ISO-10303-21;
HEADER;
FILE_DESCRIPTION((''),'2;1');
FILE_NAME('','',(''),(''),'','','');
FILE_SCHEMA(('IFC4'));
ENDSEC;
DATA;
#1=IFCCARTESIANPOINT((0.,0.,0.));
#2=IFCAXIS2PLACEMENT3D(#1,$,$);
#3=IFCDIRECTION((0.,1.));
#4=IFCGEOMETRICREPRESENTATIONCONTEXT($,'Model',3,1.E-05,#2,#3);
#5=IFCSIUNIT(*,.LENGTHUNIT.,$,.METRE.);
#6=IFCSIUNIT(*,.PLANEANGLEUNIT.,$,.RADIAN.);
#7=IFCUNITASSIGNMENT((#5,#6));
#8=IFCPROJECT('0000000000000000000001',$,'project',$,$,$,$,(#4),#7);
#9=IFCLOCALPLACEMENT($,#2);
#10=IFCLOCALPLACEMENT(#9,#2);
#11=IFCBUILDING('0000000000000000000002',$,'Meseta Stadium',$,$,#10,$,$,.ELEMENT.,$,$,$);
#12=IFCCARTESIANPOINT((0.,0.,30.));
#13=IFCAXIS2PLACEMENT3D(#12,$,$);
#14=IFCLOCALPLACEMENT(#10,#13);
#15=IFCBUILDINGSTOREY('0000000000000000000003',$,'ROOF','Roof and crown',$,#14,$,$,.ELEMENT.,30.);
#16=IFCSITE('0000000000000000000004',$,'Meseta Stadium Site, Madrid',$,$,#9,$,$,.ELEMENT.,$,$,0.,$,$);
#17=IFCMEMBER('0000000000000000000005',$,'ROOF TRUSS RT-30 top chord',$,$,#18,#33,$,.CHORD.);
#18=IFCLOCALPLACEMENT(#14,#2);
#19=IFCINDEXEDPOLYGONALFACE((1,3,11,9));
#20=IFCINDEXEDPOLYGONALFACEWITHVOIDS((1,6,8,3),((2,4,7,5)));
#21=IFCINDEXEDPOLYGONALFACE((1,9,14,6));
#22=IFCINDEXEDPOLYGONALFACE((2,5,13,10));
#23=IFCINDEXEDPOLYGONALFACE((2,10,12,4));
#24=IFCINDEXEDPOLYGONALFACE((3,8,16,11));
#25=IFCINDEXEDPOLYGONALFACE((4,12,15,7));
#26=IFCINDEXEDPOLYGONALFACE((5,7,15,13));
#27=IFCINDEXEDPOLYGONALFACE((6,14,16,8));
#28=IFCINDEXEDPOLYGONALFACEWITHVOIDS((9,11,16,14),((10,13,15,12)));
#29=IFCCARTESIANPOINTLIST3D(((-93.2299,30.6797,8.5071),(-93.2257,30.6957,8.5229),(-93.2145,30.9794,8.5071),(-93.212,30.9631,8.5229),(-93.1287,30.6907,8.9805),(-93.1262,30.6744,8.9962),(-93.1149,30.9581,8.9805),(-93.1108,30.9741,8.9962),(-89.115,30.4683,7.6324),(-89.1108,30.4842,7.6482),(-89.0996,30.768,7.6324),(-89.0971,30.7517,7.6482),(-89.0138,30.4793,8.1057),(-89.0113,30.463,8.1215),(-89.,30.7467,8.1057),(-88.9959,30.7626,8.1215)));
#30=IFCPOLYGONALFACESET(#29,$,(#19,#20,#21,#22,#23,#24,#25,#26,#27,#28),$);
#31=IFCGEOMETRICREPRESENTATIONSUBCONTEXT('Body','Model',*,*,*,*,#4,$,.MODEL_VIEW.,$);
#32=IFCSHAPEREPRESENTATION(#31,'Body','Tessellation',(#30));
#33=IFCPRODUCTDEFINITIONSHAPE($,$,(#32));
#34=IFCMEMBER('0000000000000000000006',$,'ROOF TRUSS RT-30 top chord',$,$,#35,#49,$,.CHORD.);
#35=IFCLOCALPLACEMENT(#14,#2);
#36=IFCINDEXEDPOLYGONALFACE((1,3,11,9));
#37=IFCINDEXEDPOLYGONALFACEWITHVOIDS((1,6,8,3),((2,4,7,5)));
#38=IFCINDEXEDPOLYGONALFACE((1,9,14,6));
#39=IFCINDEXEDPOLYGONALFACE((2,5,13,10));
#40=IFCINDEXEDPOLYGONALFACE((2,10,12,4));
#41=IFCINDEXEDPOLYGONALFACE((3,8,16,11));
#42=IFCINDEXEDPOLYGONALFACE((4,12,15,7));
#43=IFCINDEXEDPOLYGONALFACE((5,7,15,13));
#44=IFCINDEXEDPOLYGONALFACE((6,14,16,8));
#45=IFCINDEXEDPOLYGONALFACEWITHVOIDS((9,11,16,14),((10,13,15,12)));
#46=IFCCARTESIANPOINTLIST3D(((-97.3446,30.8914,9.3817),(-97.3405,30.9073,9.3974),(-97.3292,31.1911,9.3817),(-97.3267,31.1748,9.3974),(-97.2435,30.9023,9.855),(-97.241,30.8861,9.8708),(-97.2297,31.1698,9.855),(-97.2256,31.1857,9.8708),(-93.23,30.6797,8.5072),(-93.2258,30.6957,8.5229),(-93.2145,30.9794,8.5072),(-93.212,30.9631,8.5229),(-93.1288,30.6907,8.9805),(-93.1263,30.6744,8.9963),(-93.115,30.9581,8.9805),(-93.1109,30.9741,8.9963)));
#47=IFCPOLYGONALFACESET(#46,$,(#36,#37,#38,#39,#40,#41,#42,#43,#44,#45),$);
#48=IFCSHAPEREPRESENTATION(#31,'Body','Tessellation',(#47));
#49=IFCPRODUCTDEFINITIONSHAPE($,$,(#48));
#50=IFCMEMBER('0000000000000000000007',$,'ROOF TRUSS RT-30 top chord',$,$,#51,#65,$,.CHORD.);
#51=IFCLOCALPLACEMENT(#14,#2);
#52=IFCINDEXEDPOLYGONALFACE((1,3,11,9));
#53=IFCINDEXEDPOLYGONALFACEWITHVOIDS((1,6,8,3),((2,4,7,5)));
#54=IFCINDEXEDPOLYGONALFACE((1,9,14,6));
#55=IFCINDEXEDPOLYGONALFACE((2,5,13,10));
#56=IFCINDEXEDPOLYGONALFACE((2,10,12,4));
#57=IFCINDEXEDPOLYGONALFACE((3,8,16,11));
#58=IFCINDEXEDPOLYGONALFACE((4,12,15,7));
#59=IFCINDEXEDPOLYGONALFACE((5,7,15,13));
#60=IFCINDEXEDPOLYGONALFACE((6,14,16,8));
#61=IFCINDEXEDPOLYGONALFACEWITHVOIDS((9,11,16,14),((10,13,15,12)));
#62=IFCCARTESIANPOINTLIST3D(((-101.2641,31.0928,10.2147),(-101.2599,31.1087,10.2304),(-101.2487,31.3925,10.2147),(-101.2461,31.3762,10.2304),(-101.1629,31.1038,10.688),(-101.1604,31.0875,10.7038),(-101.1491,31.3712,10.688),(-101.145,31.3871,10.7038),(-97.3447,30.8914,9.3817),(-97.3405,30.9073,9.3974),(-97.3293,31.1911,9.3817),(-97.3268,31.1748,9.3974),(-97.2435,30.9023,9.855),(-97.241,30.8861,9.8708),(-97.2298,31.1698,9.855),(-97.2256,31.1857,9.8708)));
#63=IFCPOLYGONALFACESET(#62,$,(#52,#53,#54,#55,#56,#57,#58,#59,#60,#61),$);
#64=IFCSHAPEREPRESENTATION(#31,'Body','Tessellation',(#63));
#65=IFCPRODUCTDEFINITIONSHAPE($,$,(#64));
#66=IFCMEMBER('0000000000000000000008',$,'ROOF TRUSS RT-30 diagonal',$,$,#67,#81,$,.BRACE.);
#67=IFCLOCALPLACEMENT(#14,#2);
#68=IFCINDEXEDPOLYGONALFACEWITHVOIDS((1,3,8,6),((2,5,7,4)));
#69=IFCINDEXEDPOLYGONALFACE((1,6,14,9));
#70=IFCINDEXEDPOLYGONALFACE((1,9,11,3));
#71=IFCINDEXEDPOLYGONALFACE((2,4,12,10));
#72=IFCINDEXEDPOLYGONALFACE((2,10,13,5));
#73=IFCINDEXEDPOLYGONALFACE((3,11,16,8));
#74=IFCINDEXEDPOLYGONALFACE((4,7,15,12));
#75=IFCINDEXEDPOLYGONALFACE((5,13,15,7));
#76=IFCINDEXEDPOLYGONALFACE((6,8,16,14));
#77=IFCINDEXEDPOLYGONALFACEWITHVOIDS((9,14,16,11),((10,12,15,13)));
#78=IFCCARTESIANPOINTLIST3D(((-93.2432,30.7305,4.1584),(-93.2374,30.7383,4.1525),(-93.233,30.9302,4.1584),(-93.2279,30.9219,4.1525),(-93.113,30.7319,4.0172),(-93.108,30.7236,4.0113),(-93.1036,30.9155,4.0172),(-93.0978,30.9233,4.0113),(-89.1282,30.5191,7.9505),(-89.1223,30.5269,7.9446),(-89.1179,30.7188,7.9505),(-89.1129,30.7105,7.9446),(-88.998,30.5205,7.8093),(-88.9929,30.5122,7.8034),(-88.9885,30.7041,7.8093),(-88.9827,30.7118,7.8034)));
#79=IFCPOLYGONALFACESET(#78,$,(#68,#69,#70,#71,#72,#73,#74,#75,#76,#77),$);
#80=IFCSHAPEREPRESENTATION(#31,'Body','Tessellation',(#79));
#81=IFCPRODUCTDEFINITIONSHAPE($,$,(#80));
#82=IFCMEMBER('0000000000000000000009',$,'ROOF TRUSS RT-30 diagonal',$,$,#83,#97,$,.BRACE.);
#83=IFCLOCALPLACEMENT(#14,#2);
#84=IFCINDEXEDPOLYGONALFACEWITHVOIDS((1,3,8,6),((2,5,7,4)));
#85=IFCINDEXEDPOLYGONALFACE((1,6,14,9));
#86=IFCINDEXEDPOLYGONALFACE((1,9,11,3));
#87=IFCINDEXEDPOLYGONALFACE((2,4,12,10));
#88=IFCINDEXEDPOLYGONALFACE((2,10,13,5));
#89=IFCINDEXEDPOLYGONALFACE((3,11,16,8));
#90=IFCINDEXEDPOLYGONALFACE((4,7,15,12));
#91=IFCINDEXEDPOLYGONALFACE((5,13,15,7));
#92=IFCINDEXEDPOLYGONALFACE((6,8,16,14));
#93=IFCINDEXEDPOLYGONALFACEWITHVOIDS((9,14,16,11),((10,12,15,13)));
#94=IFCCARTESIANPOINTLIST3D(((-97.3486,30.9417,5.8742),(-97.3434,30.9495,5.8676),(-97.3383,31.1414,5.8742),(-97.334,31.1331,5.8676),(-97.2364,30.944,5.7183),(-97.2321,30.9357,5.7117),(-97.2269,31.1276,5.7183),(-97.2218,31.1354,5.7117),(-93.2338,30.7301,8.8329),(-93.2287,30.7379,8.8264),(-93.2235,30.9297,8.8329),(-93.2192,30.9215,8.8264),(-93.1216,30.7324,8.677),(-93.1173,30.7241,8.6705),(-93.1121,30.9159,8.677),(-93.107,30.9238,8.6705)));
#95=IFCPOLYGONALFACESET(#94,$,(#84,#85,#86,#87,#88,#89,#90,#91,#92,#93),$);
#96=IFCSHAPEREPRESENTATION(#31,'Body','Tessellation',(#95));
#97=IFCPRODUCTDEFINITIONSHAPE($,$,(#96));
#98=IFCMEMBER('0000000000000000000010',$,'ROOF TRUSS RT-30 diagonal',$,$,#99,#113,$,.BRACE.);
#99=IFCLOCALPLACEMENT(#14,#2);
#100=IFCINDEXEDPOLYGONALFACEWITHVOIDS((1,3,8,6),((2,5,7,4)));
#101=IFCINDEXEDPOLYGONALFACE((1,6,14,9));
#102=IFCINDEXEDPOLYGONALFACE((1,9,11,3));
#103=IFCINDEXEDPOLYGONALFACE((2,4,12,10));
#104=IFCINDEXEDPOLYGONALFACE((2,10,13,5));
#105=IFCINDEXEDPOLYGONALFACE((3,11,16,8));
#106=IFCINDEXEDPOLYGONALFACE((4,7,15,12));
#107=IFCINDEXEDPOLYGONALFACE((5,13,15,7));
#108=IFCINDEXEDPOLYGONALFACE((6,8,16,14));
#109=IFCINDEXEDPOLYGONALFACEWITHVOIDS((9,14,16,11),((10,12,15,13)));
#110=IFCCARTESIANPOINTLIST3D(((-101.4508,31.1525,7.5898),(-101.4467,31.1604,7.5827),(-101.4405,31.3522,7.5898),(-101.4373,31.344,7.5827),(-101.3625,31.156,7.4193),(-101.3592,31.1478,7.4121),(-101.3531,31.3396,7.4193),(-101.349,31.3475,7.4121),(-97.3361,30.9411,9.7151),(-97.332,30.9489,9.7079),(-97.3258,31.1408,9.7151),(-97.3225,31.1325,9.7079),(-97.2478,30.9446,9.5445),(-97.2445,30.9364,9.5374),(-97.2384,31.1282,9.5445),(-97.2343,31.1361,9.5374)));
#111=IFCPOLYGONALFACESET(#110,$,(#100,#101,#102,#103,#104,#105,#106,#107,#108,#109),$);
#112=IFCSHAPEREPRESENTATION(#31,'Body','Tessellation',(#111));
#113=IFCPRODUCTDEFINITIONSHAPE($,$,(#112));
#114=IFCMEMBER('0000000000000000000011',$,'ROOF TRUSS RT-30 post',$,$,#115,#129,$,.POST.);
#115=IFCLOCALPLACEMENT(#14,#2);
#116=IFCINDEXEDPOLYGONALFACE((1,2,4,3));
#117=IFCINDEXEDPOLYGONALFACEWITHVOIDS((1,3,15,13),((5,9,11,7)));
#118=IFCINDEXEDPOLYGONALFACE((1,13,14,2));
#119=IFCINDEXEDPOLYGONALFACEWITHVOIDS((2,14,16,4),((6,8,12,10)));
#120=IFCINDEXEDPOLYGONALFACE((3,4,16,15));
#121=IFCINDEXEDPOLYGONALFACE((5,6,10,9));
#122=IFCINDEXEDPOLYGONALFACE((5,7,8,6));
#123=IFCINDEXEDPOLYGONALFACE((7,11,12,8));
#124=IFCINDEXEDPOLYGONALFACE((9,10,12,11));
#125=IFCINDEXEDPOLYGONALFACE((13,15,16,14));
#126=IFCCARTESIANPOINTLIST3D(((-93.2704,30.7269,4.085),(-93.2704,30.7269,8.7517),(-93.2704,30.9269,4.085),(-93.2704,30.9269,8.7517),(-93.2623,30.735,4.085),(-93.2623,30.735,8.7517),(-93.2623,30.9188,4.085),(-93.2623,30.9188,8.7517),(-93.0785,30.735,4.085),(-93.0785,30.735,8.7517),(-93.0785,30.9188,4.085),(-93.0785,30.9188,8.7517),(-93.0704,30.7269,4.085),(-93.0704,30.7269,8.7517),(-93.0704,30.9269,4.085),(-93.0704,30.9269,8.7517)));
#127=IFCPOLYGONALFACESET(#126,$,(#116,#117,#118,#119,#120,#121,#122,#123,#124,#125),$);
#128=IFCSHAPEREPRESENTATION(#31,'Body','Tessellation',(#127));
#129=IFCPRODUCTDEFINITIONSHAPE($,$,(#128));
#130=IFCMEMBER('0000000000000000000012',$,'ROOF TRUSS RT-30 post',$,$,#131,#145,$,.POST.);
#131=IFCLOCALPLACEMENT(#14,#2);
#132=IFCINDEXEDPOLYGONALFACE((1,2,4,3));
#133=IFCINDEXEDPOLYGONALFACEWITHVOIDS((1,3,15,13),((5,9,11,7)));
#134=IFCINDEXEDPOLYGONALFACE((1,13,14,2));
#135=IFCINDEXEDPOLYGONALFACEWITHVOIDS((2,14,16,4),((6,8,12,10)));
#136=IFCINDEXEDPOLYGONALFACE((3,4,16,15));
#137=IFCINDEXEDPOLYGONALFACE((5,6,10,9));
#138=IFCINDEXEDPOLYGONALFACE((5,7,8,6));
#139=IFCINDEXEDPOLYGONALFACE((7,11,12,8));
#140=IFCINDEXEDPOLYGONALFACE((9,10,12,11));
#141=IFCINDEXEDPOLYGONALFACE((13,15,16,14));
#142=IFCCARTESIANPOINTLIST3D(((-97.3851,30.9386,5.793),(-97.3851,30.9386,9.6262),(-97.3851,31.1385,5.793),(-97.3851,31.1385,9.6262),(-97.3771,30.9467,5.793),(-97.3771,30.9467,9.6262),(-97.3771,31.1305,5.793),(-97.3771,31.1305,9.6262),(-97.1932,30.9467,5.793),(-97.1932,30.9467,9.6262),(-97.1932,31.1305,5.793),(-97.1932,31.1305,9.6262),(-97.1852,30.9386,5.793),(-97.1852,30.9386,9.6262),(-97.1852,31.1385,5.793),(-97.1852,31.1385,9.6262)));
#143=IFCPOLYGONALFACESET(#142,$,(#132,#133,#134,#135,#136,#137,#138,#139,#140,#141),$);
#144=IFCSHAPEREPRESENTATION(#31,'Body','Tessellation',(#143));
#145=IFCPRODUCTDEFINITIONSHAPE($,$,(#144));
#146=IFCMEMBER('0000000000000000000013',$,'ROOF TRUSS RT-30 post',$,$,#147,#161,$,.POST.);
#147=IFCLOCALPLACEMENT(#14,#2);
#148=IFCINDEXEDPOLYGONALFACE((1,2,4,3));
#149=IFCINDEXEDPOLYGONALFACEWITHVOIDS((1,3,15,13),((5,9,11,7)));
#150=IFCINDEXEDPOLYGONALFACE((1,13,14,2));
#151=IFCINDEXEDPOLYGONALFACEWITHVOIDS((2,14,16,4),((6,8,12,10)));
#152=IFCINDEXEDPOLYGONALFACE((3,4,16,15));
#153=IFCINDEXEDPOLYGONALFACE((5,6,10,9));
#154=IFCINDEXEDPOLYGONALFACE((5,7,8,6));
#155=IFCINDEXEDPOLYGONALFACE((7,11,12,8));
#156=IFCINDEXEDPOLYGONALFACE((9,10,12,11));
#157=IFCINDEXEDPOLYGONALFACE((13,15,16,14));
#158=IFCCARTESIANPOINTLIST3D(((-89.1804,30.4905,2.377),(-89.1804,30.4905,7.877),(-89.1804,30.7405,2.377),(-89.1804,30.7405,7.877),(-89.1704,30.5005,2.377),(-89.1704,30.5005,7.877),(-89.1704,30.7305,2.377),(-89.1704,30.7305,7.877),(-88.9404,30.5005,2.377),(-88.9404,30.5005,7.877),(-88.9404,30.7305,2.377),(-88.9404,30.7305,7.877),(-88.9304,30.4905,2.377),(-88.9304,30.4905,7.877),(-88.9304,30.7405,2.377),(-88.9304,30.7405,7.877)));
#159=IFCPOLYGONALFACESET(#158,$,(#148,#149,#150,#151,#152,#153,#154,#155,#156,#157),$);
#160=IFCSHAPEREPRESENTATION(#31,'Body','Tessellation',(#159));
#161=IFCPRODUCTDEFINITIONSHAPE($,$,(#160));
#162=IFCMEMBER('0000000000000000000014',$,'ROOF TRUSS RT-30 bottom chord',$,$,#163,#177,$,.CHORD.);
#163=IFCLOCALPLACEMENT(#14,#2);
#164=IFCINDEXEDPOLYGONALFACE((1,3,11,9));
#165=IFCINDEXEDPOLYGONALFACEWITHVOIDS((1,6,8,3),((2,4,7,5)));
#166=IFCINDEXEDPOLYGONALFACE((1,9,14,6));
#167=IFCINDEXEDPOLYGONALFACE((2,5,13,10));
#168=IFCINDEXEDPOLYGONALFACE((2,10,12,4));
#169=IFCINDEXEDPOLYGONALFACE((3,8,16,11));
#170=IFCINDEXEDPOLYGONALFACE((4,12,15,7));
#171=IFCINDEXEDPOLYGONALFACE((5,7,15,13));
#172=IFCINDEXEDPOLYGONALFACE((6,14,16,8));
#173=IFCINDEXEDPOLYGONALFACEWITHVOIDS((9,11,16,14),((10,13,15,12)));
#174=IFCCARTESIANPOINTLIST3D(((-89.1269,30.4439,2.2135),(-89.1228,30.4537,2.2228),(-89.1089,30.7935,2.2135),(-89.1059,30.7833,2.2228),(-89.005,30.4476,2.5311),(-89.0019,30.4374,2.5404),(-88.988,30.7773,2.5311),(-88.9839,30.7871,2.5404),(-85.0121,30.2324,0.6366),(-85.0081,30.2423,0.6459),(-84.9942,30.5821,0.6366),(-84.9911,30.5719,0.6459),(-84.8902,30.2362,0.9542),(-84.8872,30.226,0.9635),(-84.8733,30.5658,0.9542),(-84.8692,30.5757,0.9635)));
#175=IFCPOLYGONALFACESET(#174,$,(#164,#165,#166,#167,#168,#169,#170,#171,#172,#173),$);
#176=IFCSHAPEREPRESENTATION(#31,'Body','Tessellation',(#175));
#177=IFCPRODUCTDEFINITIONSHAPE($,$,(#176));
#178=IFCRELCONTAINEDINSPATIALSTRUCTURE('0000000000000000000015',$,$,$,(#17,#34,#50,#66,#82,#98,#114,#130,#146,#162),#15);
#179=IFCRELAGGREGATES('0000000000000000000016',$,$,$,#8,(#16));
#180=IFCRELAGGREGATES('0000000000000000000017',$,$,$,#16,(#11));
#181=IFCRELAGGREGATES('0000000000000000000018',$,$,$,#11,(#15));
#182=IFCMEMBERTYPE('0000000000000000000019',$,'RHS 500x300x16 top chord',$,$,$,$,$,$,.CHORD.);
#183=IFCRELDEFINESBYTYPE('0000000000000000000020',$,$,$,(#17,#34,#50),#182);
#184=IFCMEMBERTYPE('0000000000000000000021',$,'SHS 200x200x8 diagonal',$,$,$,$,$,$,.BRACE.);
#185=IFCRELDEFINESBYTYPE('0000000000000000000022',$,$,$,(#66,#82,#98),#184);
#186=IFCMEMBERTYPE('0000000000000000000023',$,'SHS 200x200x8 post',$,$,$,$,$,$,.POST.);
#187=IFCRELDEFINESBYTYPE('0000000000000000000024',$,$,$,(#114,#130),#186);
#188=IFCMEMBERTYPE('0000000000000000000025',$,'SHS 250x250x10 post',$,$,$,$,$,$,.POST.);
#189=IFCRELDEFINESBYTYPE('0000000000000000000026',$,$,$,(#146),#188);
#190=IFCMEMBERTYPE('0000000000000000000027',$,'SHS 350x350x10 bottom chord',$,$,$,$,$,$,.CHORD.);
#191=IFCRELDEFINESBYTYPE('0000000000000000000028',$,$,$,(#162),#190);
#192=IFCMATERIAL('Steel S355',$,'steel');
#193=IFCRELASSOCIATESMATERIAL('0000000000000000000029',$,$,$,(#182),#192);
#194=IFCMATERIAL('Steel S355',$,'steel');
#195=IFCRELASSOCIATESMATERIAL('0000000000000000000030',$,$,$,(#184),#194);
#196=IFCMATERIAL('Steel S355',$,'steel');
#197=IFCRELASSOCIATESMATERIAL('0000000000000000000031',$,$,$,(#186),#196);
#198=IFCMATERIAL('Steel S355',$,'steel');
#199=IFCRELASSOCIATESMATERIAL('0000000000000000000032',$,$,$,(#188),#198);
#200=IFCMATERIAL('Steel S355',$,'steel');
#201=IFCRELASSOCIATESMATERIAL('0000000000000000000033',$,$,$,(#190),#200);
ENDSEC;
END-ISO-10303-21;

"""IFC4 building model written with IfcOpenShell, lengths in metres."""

from ifc_helpers import new_model, si_unit, direction, frame, origin, origin_2d, place, context, subcontext, project, spatial, hollow_rectangle, extrude, material, material_profile, profile_set, type_object, element, save


model = new_model("IFC4")

# Units and contexts
model_context = context("Model", 3, precision=1e-05, world=origin(), true_north=direction((0.0, 1.0)))
body_context = subcontext(model_context, "Body", "Model", "MODEL_VIEW")
ifc_project = project(units=[si_unit("LENGTHUNIT", "METRE"), si_unit("PLANEANGLEUNIT", "RADIAN")], contexts=[model_context])

# Site, building, storey
site_placement = place(None, origin())
site = spatial("IfcSite", under=ifc_project, at=site_placement, Name="Meseta Stadium Site, Madrid", CompositionType="ELEMENT", RefElevation=0.0)
building_placement = place(site_placement, origin())
building = spatial("IfcBuilding", under=site, at=building_placement, Name="Meseta Stadium", CompositionType="ELEMENT")
storey_placement = place(building_placement, frame((0.0, 0.0, 30.0)))
storey = spatial("IfcBuildingStorey", under=building, at=storey_placement, Name="ROOF", Description="Roof and crown", CompositionType="ELEMENT", Elevation=30.0)

# Members
ifc_material_1 = material(Name="Steel S355", Category="steel")
ifc_material_profile_1 = material_profile(ifc_material_1, hollow_rectangle(XDim=0.3, YDim=0.5, WallThickness=0.0161, at=origin_2d()), Name="RHS 500x300x16")
ifc_profile_set_1 = profile_set([ifc_material_profile_1], Name="Steel S355")
member_type_1 = type_object("IfcMemberType", Name="RHS 500x300x16 top chord", PredefinedType="CHORD", material=ifc_profile_set_1)
member_1_placement = place(storey_placement, frame((-89.0554, 30.6155, 7.877), z_axis=(-0.97691, 0.050193, 0.20767), x_axis=(-0.051312, -0.998683, 0.0)))
element("IfcMember", 1, at=member_1_placement, inside=storey, type_object=member_type_1, Name="ROOF TRUSS RT-30 top chord", PredefinedType="CHORD", context=body_context, shape_type="SweptSolid", body=[
    extrude(hollow_rectangle(XDim=0.3, YDim=0.5, WallThickness=0.0161, at=origin_2d()), origin(), (0.0, 0.0, 1.0), 4.2122),
])
member_2_placement = place(storey_placement, frame((-93.1704, 30.8269, 8.7517), z_axis=(-0.976917, 0.050254, 0.207625), x_axis=(-0.051374, -0.998679, 0.0)))
element("IfcMember", 2, at=member_2_placement, inside=storey, type_object=member_type_1, Name="ROOF TRUSS RT-30 top chord", PredefinedType="CHORD", context=body_context, shape_type="SweptSolid", body=[
    extrude(hollow_rectangle(XDim=0.3, YDim=0.5, WallThickness=0.0161, at=origin_2d()), origin(), (0.0, 0.0, 1.0), 4.2119),
])
member_3_placement = place(storey_placement, frame((-97.2852, 31.0386, 9.6262), z_axis=(-0.976919, 0.050203, 0.207627), x_axis=(-0.051321, -0.998682, 0.0)))
element("IfcMember", 3, at=member_3_placement, inside=storey, type_object=member_type_1, Name="ROOF TRUSS RT-30 top chord", PredefinedType="CHORD", context=body_context, shape_type="SweptSolid", body=[
    extrude(hollow_rectangle(XDim=0.3, YDim=0.5, WallThickness=0.0161, at=origin_2d()), origin(), (0.0, 0.0, 1.0), 4.012),
])
ifc_material_2 = material(Name="Steel S355", Category="steel")
ifc_material_profile_2 = material_profile(ifc_material_2, hollow_rectangle(XDim=0.2, YDim=0.2, WallThickness=0.0081, at=origin_2d()), Name="SHS 200x200x8")
ifc_profile_set_2 = profile_set([ifc_material_profile_2], Name="Steel S355")
member_type_2 = type_object("IfcMemberType", Name="SHS 200x200x8 diagonal", PredefinedType="BRACE", material=ifc_profile_set_2)
member_4_placement = place(storey_placement, frame((-89.0554, 30.6155, 7.877), z_axis=(-0.734854, 0.037756, -0.677173), x_axis=(-0.051312, -0.998683, 0.0)))
element("IfcMember", 4, at=member_4_placement, inside=storey, type_object=member_type_2, Name="ROOF TRUSS RT-30 diagonal", PredefinedType="BRACE", context=body_context, shape_type="SweptSolid", body=[
    extrude(hollow_rectangle(XDim=0.2, YDim=0.2, WallThickness=0.0081, at=origin_2d()), origin(), (0.0, 0.0, 1.0), 5.5999),
])
member_5_placement = place(storey_placement, frame((-93.1704, 30.8269, 8.7517), z_axis=(-0.81119, 0.041729, -0.583292), x_axis=(-0.051374, -0.998679, 0.0)))
element("IfcMember", 5, at=member_5_placement, inside=storey, type_object=member_type_2, Name="ROOF TRUSS RT-30 diagonal", PredefinedType="BRACE", context=body_context, shape_type="SweptSolid", body=[
    extrude(hollow_rectangle(XDim=0.2, YDim=0.2, WallThickness=0.0081, at=origin_2d()), origin(), (0.0, 0.0, 1.0), 5.0725),
])
member_6_placement = place(storey_placement, frame((-97.2852, 31.0386, 9.6262), z_axis=(-0.887564, 0.045605, -0.458422), x_axis=(-0.051315, -0.998683, 0.0)))
element("IfcMember", 6, at=member_6_placement, inside=storey, type_object=member_type_2, Name="ROOF TRUSS RT-30 diagonal", PredefinedType="BRACE", context=body_context, shape_type="SweptSolid", body=[
    extrude(hollow_rectangle(XDim=0.2, YDim=0.2, WallThickness=0.0081, at=origin_2d()), origin(), (0.0, 0.0, 1.0), 4.636),
])
ifc_material_3 = material(Name="Steel S355", Category="steel")
ifc_material_profile_3 = material_profile(ifc_material_3, hollow_rectangle(XDim=0.2, YDim=0.2, WallThickness=0.0081, at=origin_2d()), Name="SHS 200x200x8")
ifc_profile_set_3 = profile_set([ifc_material_profile_3], Name="Steel S355")
member_type_3 = type_object("IfcMemberType", Name="SHS 200x200x8 post", PredefinedType="POST", material=ifc_profile_set_3)
member_7_placement = place(storey_placement, frame((-93.1704, 30.8269, 4.085), z_axis=(0.0, 0.0, 1.0), x_axis=(1.0, 0.0, 0.0)))
element("IfcMember", 7, at=member_7_placement, inside=storey, type_object=member_type_3, Name="ROOF TRUSS RT-30 post", PredefinedType="POST", context=body_context, shape_type="SweptSolid", body=[
    extrude(hollow_rectangle(XDim=0.2, YDim=0.2, WallThickness=0.0081, at=origin_2d()), origin(), (0.0, 0.0, 1.0), 4.6667),
])
member_8_placement = place(storey_placement, frame((-97.2852, 31.0386, 5.793), z_axis=(0.0, 0.0, 1.0), x_axis=(1.0, 0.0, 0.0)))
element("IfcMember", 8, at=member_8_placement, inside=storey, type_object=member_type_3, Name="ROOF TRUSS RT-30 post", PredefinedType="POST", context=body_context, shape_type="SweptSolid", body=[
    extrude(hollow_rectangle(XDim=0.2, YDim=0.2, WallThickness=0.0081, at=origin_2d()), origin(), (0.0, 0.0, 1.0), 3.8333),
])
ifc_material_4 = material(Name="Steel S355", Category="steel")
ifc_material_profile_4 = material_profile(ifc_material_4, hollow_rectangle(XDim=0.25, YDim=0.25, WallThickness=0.01, at=origin_2d()), Name="SHS 250x250x10")
ifc_profile_set_4 = profile_set([ifc_material_profile_4], Name="Steel S355")
member_type_4 = type_object("IfcMemberType", Name="SHS 250x250x10 post", PredefinedType="POST", material=ifc_profile_set_4)
member_9_placement = place(storey_placement, frame((-89.0554, 30.6155, 2.377), z_axis=(0.0, 0.0, 1.0), x_axis=(1.0, 0.0, 0.0)))
element("IfcMember", 9, at=member_9_placement, inside=storey, type_object=member_type_4, Name="ROOF TRUSS RT-30 post", PredefinedType="POST", context=body_context, shape_type="SweptSolid", body=[
    extrude(hollow_rectangle(XDim=0.25, YDim=0.25, WallThickness=0.01, at=origin_2d()), origin(), (0.0, 0.0, 1.0), 5.5),
])
ifc_material_5 = material(Name="Steel S355", Category="steel")
ifc_material_profile_5 = material_profile(ifc_material_5, hollow_rectangle(XDim=0.3501, YDim=0.3501, WallThickness=0.01, at=origin_2d()), Name="SHS 350x350x10")
ifc_profile_set_5 = profile_set([ifc_material_profile_5], Name="Steel S355")
member_type_5 = type_object("IfcMemberType", Name="SHS 350x350x10 bottom chord", PredefinedType="CHORD", material=ifc_profile_set_5)
member_10_placement = place(storey_placement, frame((-84.9407, 30.4041, 0.8), z_axis=(-0.932705, 0.047925, 0.357443), x_axis=(-0.051315, -0.998683, 0.0)))
element("IfcMember", 10, at=member_10_placement, inside=storey, type_object=member_type_5, Name="ROOF TRUSS RT-30 bottom chord", PredefinedType="CHORD", context=body_context, shape_type="SweptSolid", body=[
    extrude(hollow_rectangle(XDim=0.3501, YDim=0.3501, WallThickness=0.01, at=origin_2d()), origin(), (0.0, 0.0, 1.0), 4.4116),
])

save(model, "model.ifc")
